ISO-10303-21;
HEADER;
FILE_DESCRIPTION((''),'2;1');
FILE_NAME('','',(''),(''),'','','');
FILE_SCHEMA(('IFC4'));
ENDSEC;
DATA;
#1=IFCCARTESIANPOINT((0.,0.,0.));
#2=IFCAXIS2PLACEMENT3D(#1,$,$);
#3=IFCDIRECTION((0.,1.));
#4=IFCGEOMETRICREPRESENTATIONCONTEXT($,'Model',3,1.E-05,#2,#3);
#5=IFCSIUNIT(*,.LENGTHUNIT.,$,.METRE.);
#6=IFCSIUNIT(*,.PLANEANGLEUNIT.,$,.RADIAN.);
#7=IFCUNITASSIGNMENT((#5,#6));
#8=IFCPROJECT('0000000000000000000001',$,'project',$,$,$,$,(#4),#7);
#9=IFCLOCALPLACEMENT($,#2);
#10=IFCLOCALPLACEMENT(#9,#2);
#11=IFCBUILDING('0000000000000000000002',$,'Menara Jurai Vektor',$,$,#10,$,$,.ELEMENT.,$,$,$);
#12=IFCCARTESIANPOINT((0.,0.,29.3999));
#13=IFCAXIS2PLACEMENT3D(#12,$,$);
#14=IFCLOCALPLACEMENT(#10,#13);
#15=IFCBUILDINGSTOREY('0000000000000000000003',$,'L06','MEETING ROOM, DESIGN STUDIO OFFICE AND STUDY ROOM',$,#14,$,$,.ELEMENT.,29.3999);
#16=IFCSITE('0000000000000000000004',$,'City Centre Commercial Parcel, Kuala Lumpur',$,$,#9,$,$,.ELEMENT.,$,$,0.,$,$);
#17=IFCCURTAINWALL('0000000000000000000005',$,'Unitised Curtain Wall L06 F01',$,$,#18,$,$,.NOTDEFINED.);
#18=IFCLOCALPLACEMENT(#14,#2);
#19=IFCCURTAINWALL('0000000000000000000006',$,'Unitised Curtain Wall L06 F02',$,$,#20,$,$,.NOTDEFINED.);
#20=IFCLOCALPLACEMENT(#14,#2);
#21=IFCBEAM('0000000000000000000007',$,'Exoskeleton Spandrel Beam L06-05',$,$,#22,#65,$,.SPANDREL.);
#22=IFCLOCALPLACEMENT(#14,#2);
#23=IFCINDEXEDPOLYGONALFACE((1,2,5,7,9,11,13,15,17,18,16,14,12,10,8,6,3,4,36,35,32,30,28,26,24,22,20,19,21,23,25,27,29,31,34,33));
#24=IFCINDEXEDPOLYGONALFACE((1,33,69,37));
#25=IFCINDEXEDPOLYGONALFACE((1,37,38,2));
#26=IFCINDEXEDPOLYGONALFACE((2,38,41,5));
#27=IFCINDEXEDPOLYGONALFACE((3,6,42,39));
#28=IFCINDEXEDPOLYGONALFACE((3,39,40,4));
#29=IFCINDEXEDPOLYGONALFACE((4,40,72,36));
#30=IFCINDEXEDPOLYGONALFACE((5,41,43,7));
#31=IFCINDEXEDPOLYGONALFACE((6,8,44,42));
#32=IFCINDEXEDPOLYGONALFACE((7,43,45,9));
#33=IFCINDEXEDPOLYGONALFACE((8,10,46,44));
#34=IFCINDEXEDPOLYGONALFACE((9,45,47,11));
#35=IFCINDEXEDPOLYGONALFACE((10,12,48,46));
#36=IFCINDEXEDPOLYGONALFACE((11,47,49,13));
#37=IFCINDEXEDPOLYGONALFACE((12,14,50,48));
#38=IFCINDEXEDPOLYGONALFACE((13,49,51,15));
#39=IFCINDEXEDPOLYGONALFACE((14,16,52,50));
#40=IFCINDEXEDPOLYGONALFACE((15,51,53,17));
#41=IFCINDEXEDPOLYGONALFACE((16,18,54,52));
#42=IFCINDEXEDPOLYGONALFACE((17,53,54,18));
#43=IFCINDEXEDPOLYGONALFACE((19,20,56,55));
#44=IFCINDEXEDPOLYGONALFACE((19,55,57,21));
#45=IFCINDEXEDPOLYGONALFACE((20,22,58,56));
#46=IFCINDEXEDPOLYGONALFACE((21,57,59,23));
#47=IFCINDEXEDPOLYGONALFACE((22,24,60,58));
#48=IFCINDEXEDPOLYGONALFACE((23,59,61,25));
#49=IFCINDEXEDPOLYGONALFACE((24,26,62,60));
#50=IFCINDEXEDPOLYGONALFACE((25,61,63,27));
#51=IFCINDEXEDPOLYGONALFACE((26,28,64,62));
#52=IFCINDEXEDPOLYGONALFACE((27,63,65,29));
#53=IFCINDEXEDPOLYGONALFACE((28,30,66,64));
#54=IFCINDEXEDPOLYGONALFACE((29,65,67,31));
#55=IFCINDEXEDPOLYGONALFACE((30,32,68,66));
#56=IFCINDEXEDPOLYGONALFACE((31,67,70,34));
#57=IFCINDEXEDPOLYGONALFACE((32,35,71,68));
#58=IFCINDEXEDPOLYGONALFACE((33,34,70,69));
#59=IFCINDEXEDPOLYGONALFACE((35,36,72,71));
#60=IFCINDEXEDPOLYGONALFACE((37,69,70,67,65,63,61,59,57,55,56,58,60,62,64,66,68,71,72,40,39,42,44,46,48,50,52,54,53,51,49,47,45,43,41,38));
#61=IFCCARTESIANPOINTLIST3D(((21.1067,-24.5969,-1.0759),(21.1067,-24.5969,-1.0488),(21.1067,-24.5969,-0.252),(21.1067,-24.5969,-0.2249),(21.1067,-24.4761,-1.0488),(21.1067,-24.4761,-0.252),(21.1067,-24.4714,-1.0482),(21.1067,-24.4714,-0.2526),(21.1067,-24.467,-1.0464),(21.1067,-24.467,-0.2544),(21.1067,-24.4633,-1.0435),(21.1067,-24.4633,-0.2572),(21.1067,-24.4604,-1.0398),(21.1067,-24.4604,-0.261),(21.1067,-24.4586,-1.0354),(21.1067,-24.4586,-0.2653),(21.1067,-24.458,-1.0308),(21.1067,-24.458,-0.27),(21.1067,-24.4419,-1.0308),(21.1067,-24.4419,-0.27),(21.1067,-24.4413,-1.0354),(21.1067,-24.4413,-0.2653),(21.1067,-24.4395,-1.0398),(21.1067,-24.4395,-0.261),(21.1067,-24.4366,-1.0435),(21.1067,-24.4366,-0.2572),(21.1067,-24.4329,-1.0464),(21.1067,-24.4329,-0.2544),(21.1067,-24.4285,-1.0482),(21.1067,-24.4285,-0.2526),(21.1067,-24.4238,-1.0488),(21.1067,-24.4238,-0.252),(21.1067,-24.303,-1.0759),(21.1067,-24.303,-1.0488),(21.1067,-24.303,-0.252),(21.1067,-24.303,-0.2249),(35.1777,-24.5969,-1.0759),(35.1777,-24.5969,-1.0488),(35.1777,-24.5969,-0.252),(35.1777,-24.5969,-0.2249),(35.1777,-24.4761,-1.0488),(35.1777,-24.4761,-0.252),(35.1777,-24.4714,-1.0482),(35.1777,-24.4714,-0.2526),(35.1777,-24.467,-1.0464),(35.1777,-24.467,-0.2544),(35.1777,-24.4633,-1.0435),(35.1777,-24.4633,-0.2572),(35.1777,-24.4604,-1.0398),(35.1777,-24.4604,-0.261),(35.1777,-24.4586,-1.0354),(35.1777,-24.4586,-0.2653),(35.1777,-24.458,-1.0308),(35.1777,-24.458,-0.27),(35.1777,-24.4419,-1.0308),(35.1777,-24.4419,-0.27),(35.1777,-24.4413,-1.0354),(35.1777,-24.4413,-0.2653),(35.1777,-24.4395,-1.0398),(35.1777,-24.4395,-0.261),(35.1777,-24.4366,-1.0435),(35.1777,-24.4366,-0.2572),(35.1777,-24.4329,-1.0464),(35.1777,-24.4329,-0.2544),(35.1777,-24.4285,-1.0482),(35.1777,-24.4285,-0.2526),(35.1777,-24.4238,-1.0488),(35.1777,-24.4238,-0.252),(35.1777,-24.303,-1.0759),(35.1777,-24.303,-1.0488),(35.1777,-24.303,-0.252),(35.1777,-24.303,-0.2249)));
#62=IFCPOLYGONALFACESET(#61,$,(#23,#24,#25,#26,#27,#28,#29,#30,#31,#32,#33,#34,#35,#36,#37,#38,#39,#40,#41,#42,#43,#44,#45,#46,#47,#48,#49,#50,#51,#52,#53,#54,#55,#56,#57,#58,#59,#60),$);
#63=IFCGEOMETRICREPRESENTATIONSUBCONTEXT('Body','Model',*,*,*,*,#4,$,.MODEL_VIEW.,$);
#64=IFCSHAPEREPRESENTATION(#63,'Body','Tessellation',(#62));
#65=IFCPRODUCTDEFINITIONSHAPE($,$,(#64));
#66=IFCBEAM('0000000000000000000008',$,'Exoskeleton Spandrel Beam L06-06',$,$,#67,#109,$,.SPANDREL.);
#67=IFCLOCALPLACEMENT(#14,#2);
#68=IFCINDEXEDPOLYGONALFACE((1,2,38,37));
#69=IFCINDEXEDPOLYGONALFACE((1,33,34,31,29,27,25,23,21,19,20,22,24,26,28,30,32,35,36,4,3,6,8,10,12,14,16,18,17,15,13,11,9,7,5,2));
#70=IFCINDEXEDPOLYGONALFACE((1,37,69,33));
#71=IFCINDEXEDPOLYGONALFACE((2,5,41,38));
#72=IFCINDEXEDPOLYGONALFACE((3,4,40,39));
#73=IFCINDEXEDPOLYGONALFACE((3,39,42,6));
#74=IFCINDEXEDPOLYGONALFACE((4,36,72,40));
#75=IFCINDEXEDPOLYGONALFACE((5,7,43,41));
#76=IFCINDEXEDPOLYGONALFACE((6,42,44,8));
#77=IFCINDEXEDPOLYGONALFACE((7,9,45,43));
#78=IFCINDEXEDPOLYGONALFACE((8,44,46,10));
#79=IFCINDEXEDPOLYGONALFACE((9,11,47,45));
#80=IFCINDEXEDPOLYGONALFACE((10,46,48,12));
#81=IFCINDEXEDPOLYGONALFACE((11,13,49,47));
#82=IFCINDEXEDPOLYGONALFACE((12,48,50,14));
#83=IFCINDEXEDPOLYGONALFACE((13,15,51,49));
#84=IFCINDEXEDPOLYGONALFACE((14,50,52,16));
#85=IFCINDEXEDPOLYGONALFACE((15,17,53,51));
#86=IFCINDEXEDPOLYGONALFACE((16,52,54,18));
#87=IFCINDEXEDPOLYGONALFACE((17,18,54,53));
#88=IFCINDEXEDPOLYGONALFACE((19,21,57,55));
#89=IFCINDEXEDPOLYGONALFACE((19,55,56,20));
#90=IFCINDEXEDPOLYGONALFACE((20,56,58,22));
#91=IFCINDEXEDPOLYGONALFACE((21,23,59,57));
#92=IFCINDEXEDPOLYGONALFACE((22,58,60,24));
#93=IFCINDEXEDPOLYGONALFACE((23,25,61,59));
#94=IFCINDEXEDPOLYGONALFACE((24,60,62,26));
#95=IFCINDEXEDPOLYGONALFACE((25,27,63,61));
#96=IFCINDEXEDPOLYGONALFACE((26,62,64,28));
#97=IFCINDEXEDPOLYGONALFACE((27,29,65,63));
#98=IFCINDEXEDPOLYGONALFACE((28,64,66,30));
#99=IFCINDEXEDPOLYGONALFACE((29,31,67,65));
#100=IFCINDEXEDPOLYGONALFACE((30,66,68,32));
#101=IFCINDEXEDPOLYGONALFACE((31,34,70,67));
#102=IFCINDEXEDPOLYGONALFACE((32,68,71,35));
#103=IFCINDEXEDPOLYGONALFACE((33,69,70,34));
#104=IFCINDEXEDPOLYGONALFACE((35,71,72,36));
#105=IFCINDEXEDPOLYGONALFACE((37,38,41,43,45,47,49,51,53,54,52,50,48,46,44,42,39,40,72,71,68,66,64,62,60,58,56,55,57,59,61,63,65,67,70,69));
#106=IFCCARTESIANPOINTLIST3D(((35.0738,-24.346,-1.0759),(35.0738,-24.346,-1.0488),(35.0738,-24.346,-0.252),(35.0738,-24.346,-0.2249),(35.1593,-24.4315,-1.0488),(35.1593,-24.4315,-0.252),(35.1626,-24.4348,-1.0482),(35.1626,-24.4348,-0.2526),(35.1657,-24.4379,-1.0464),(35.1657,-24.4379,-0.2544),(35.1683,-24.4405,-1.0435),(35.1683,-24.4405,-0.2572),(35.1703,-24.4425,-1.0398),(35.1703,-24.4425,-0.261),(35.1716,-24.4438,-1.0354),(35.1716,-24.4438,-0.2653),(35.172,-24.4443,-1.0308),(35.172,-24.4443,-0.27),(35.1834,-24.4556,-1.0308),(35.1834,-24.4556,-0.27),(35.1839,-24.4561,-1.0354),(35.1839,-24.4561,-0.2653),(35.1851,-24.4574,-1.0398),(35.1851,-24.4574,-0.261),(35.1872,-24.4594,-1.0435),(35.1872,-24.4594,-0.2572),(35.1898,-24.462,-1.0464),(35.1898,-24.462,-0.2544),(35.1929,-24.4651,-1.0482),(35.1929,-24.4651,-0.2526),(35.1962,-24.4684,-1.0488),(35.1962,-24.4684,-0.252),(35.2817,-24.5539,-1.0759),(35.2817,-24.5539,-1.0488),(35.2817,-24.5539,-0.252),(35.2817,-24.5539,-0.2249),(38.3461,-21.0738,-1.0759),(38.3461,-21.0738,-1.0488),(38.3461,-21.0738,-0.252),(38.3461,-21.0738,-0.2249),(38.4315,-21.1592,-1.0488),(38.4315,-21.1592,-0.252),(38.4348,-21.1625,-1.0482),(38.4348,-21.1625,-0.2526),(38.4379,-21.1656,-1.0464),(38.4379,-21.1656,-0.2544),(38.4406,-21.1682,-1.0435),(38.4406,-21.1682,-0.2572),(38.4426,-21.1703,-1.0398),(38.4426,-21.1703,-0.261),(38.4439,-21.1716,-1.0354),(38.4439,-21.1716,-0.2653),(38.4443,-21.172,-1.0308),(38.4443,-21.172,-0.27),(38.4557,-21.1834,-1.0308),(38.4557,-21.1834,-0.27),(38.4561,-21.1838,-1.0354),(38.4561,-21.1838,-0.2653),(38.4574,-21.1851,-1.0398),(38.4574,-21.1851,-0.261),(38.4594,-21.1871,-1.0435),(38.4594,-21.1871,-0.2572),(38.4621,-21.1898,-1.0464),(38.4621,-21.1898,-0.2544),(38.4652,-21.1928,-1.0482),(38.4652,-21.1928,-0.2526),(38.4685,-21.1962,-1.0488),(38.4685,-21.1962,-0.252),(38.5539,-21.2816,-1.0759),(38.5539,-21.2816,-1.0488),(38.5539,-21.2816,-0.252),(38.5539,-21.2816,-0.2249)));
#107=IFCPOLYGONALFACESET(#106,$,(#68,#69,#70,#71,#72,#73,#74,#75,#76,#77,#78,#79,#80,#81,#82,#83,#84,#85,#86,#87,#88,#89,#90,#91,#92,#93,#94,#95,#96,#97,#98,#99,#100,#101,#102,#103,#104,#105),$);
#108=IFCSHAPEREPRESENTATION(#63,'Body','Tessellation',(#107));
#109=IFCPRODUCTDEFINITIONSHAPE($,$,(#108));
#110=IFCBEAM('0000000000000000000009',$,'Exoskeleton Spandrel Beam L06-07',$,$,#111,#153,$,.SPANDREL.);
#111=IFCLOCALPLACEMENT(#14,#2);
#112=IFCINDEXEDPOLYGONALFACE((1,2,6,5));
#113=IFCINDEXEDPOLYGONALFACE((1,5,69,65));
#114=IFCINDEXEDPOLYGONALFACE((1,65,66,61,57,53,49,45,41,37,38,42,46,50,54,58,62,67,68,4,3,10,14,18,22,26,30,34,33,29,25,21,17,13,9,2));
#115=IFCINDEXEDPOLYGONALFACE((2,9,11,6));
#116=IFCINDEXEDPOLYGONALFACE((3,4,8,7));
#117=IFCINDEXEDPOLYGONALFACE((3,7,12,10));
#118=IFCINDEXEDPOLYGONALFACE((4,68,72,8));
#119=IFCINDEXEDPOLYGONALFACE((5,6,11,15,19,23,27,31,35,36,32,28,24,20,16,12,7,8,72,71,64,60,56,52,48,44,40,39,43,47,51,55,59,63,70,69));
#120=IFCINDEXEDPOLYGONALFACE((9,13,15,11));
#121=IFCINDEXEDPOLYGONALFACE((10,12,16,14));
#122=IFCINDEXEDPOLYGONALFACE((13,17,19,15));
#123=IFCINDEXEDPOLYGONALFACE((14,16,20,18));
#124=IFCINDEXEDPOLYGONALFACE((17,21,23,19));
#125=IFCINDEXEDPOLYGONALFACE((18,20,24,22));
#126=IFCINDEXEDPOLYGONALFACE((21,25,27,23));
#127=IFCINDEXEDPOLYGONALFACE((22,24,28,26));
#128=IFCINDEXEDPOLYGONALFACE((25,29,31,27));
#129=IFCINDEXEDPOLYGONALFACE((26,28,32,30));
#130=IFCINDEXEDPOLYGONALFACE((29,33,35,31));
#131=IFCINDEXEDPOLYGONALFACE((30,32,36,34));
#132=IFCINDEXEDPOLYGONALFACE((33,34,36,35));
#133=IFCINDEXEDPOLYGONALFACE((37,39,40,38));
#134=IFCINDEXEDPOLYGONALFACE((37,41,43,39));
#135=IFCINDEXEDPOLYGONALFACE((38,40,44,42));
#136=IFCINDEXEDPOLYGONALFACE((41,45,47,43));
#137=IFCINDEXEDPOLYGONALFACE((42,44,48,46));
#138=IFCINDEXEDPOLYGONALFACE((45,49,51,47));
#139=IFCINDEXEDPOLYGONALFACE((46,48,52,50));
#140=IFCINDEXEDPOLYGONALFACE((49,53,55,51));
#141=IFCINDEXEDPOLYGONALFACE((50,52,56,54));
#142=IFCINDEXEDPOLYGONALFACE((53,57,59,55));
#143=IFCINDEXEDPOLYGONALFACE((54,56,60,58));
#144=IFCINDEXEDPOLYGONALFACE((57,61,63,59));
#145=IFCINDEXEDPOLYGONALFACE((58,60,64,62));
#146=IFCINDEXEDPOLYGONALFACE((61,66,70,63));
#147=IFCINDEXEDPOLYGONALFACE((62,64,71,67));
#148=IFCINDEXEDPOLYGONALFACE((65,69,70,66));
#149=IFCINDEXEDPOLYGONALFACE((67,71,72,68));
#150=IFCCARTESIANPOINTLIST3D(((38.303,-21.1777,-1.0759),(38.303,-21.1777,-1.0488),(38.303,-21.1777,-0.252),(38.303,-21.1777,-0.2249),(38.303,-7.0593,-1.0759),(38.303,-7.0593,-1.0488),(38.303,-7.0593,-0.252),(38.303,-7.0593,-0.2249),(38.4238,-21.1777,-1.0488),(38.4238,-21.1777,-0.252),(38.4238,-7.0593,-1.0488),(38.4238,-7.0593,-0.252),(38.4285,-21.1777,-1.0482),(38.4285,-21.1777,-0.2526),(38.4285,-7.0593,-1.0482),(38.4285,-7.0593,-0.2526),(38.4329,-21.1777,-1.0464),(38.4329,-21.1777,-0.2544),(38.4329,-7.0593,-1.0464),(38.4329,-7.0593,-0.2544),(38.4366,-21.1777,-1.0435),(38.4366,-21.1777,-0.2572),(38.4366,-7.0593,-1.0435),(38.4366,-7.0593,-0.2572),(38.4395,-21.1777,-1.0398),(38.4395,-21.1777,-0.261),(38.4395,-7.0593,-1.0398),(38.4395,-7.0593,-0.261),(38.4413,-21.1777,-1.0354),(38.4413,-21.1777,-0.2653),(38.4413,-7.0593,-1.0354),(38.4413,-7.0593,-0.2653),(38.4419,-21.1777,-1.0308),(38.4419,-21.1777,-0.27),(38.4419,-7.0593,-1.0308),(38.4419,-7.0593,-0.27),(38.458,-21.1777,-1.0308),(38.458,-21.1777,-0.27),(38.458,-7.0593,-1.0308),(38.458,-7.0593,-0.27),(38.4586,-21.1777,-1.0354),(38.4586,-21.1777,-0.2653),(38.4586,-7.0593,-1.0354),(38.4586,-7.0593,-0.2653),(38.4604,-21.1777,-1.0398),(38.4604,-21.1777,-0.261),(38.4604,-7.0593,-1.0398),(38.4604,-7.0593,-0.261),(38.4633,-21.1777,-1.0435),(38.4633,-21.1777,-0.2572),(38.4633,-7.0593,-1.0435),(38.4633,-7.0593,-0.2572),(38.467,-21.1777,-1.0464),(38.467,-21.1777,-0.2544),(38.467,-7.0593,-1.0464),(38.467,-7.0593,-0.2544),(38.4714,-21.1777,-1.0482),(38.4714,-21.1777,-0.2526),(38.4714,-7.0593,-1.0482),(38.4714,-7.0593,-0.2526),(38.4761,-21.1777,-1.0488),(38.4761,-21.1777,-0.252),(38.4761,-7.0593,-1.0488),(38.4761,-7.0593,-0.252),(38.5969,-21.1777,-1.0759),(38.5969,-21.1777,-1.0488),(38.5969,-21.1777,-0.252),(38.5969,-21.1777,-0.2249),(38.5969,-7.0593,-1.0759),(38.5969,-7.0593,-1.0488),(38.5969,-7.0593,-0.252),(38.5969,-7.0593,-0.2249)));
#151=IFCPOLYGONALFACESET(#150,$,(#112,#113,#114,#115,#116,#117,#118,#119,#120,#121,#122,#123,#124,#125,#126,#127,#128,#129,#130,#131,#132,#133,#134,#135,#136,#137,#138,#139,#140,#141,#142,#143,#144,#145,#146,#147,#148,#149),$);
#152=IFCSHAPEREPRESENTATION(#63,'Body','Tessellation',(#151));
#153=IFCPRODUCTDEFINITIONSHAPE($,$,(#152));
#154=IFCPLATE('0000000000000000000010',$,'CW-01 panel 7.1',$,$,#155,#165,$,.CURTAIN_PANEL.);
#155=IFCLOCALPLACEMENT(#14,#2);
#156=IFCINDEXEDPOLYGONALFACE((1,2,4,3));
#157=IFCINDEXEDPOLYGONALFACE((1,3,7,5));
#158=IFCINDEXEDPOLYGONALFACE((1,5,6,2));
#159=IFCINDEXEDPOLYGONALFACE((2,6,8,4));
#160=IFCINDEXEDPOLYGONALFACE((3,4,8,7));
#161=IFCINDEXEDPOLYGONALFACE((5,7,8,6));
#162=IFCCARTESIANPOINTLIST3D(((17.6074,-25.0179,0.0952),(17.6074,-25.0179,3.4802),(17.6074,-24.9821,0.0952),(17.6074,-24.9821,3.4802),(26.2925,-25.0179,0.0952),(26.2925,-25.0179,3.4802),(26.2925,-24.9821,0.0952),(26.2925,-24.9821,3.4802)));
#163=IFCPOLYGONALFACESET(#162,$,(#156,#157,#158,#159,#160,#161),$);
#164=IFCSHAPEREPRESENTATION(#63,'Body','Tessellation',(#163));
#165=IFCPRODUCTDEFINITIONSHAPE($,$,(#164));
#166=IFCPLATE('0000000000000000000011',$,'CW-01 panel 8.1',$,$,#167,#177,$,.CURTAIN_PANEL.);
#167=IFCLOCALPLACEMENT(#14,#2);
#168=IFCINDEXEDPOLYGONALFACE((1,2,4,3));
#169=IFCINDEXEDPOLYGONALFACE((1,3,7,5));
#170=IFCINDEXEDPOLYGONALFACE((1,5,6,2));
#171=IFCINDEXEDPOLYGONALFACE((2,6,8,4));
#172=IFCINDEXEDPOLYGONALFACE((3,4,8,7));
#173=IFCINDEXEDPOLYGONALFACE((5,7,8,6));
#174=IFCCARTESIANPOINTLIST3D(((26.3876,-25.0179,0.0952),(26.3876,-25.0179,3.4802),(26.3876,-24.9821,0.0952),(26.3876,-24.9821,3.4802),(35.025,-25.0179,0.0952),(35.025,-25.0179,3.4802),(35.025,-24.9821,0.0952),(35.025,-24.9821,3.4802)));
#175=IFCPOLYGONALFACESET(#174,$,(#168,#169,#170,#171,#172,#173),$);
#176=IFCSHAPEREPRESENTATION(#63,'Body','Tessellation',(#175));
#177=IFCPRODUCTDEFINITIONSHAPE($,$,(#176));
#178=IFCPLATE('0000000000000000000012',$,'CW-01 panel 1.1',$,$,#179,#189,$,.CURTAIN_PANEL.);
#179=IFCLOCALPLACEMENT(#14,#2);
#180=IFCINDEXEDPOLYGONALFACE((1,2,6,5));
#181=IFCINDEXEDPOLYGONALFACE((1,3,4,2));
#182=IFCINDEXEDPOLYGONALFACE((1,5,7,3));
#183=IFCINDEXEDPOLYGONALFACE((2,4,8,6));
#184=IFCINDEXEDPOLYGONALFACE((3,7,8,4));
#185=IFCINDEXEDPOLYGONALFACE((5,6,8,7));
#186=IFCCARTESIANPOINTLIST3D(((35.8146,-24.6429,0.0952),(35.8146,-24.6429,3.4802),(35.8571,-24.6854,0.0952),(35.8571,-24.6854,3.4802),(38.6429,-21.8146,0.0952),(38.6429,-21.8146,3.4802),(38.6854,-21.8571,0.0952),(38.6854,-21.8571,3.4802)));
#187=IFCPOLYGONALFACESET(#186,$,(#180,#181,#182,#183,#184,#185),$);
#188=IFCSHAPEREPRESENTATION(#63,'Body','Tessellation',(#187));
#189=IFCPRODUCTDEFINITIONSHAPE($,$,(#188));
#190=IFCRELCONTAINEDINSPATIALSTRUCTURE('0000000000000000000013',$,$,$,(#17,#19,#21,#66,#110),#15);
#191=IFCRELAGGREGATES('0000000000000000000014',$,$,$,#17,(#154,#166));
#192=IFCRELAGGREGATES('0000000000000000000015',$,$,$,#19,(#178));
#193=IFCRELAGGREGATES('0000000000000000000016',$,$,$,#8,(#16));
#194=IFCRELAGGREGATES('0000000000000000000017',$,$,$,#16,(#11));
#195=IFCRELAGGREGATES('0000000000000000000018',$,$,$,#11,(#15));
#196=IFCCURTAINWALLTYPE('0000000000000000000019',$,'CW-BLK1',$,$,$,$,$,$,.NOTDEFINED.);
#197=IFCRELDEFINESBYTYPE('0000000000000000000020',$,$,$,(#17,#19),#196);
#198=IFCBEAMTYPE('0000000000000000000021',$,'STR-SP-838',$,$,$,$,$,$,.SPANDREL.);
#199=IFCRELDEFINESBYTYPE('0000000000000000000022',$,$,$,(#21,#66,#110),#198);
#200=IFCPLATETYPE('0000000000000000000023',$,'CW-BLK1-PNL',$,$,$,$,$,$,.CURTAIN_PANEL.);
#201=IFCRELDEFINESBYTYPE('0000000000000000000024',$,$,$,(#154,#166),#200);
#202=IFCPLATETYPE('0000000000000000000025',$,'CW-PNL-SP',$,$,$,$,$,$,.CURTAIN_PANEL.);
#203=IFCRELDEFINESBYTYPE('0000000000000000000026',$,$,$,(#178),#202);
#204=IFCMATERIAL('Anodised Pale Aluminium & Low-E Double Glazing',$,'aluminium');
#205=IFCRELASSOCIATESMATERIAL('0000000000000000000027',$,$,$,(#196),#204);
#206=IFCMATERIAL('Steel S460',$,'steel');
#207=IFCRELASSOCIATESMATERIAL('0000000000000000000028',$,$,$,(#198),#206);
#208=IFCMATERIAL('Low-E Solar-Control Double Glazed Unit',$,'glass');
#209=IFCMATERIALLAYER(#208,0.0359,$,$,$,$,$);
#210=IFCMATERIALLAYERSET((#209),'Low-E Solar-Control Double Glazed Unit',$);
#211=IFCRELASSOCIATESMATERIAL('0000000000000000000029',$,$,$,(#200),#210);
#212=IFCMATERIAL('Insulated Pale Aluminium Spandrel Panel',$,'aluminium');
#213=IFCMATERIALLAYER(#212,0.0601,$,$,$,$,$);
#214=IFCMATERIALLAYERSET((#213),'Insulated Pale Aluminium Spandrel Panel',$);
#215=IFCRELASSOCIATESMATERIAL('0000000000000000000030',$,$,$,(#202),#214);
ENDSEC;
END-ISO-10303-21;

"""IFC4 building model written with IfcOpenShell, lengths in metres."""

from ifc_helpers import new_model, si_unit, direction, frame, origin, origin_2d, place, context, subcontext, project, spatial, rectangle, i_section, extrude, material, layer, layer_set, material_profile, profile_set, type_object, element, aggregate, save


model = new_model("IFC4")

# Units and contexts
model_context = context("Model", 3, precision=1e-05, world=origin(), true_north=direction((0.0, 1.0)))
body_context = subcontext(model_context, "Body", "Model", "MODEL_VIEW")
ifc_project = project(units=[si_unit("LENGTHUNIT", "METRE"), si_unit("PLANEANGLEUNIT", "RADIAN")], contexts=[model_context])

# Site, building, storey
site_placement = place(None, origin())
site = spatial("IfcSite", under=ifc_project, at=site_placement, Name="City Centre Commercial Parcel, Kuala Lumpur", CompositionType="ELEMENT", RefElevation=0.0)
building_placement = place(site_placement, origin())
building = spatial("IfcBuilding", under=site, at=building_placement, Name="Menara Jurai Vektor", CompositionType="ELEMENT")
storey_placement = place(building_placement, frame((0.0, 0.0, 29.3999)))
storey = spatial("IfcBuildingStorey", under=building, at=storey_placement, Name="L06", Description="MEETING ROOM, DESIGN STUDIO OFFICE AND STUDY ROOM", CompositionType="ELEMENT", Elevation=29.3999)

# Shared definitions
ifc_material_1 = material(Name="Steel S460", Category="steel")

# Curtain walls
ifc_material_2 = material(Name="Anodised Pale Aluminium & Low-E Double Glazing", Category="aluminium")
curtain_wall_type = type_object("IfcCurtainWallType", Name="CW-BLK1", PredefinedType="NOTDEFINED", material=ifc_material_2)
curtain_wall_1_placement = place(storey_placement, origin())
curtain_wall_1 = element("IfcCurtainWall", 1, at=curtain_wall_1_placement, inside=storey, type_object=curtain_wall_type, Name="Unitised Curtain Wall L06 F01", PredefinedType="NOTDEFINED")
curtain_wall_2_placement = place(storey_placement, origin())
curtain_wall_2 = element("IfcCurtainWall", 2, at=curtain_wall_2_placement, inside=storey, type_object=curtain_wall_type, Name="Unitised Curtain Wall L06 F02", PredefinedType="NOTDEFINED")

# Beams
ifc_material_profile_1 = material_profile(ifc_material_1, i_section(OverallWidth=0.2939, OverallDepth=0.8511, WebThickness=0.0161, FlangeThickness=0.0271, FilletRadius=0.0181, at=origin_2d()), Name="UKB 838x292x226")
ifc_profile_set_1 = profile_set([ifc_material_profile_1], Name="Steel S460")
beam_type_1 = type_object("IfcBeamType", Name="STR-SP-838", PredefinedType="SPANDREL", material=ifc_profile_set_1)
beam_1_placement = place(storey_placement, frame((21.1067, -24.45, -0.6504), z_axis=(1.0, 0.0, 0.0), x_axis=(0.0, 1.0, 0.0)))
element("IfcBeam", 3, at=beam_1_placement, inside=storey, type_object=beam_type_1, Name="Exoskeleton Spandrel Beam L06-05", PredefinedType="SPANDREL", context=body_context, shape_type="SweptSolid", body=[
    extrude(i_section(OverallWidth=0.2939, OverallDepth=0.8511, WebThickness=0.0161, FlangeThickness=0.0271, FilletRadius=0.0181, at=origin_2d()), origin(), (0.0, 0.0, 1.0), 14.071),
])
beam_2_placement = place(storey_placement, frame((35.1777, -24.45, -0.6504), z_axis=(0.707107, 0.707107, 0.0), x_axis=(-0.707107, 0.707107, 0.0)))
element("IfcBeam", 4, at=beam_2_placement, inside=storey, type_object=beam_type_1, Name="Exoskeleton Spandrel Beam L06-06", PredefinedType="SPANDREL", context=body_context, shape_type="SweptSolid", body=[
    extrude(i_section(OverallWidth=0.2939, OverallDepth=0.8511, WebThickness=0.0161, FlangeThickness=0.0271, FilletRadius=0.0181, at=origin_2d()), origin(), (0.0, 0.0, 1.0), 4.6277),
])
beam_3_placement = place(storey_placement, frame((38.45, -21.1777, -0.6504), z_axis=(0.0, 1.0, 0.0), x_axis=(-1.0, 0.0, 0.0)))
element("IfcBeam", 5, at=beam_3_placement, inside=storey, type_object=beam_type_1, Name="Exoskeleton Spandrel Beam L06-07", PredefinedType="SPANDREL", context=body_context, shape_type="SweptSolid", body=[
    extrude(i_section(OverallWidth=0.2939, OverallDepth=0.8511, WebThickness=0.0161, FlangeThickness=0.0271, FilletRadius=0.0181, at=origin_2d()), origin(), (0.0, 0.0, 1.0), 14.1184),
])

# Plates
ifc_material_3 = material(Name="Low-E Solar-Control Double Glazed Unit", Category="glass")
ifc_layer_1 = layer(ifc_material_3, 0.0359)
ifc_layer_set_1 = layer_set([ifc_layer_1], Name="Low-E Solar-Control Double Glazed Unit")
plate_type_1 = type_object("IfcPlateType", Name="CW-BLK1-PNL", PredefinedType="CURTAIN_PANEL", material=ifc_layer_set_1)
plate_1_placement = place(storey_placement, frame((21.95, -25.0, 0.0952), z_axis=(0.0, 0.0, 1.0), x_axis=(1.0, 0.0, 0.0)))
plate_1 = element("IfcPlate", 6, at=plate_1_placement, type_object=plate_type_1, Name="CW-01 panel 7.1", PredefinedType="CURTAIN_PANEL", context=body_context, shape_type="SweptSolid", body=[
    extrude(rectangle(XDim=8.6851, YDim=0.0359, at=origin_2d()), origin(), (0.0, 0.0, 1.0), 3.385),
])
plate_2_placement = place(storey_placement, frame((30.7063, -25.0, 0.0952), z_axis=(0.0, 0.0, 1.0), x_axis=(1.0, 0.0, 0.0)))
plate_2 = element("IfcPlate", 7, at=plate_2_placement, type_object=plate_type_1, Name="CW-01 panel 8.1", PredefinedType="CURTAIN_PANEL", context=body_context, shape_type="SweptSolid", body=[
    extrude(rectangle(XDim=8.6375, YDim=0.0359, at=origin_2d()), origin(), (0.0, 0.0, 1.0), 3.385),
])
aggregate(curtain_wall_1, [plate_1, plate_2])
ifc_material_4 = material(Name="Insulated Pale Aluminium Spandrel Panel", Category="aluminium")
ifc_layer_2 = layer(ifc_material_4, 0.0601)
ifc_layer_set_2 = layer_set([ifc_layer_2], Name="Insulated Pale Aluminium Spandrel Panel")
plate_type_2 = type_object("IfcPlateType", Name="CW-PNL-SP", PredefinedType="CURTAIN_PANEL", material=ifc_layer_set_2)
plate_3_placement = place(storey_placement, frame((37.25, -23.25, 0.0952), z_axis=(0.0, 0.0, 1.0), x_axis=(0.707107, 0.707107, 0.0)))
plate_3 = element("IfcPlate", 8, at=plate_3_placement, type_object=plate_type_2, Name="CW-01 panel 1.1", PredefinedType="CURTAIN_PANEL", context=body_context, shape_type="SweptSolid", body=[
    extrude(rectangle(XDim=3.9998, YDim=0.0601, at=origin_2d()), origin(), (0.0, 0.0, 1.0), 3.385),
])
aggregate(curtain_wall_2, [plate_3])

save(model, "model.ifc")
